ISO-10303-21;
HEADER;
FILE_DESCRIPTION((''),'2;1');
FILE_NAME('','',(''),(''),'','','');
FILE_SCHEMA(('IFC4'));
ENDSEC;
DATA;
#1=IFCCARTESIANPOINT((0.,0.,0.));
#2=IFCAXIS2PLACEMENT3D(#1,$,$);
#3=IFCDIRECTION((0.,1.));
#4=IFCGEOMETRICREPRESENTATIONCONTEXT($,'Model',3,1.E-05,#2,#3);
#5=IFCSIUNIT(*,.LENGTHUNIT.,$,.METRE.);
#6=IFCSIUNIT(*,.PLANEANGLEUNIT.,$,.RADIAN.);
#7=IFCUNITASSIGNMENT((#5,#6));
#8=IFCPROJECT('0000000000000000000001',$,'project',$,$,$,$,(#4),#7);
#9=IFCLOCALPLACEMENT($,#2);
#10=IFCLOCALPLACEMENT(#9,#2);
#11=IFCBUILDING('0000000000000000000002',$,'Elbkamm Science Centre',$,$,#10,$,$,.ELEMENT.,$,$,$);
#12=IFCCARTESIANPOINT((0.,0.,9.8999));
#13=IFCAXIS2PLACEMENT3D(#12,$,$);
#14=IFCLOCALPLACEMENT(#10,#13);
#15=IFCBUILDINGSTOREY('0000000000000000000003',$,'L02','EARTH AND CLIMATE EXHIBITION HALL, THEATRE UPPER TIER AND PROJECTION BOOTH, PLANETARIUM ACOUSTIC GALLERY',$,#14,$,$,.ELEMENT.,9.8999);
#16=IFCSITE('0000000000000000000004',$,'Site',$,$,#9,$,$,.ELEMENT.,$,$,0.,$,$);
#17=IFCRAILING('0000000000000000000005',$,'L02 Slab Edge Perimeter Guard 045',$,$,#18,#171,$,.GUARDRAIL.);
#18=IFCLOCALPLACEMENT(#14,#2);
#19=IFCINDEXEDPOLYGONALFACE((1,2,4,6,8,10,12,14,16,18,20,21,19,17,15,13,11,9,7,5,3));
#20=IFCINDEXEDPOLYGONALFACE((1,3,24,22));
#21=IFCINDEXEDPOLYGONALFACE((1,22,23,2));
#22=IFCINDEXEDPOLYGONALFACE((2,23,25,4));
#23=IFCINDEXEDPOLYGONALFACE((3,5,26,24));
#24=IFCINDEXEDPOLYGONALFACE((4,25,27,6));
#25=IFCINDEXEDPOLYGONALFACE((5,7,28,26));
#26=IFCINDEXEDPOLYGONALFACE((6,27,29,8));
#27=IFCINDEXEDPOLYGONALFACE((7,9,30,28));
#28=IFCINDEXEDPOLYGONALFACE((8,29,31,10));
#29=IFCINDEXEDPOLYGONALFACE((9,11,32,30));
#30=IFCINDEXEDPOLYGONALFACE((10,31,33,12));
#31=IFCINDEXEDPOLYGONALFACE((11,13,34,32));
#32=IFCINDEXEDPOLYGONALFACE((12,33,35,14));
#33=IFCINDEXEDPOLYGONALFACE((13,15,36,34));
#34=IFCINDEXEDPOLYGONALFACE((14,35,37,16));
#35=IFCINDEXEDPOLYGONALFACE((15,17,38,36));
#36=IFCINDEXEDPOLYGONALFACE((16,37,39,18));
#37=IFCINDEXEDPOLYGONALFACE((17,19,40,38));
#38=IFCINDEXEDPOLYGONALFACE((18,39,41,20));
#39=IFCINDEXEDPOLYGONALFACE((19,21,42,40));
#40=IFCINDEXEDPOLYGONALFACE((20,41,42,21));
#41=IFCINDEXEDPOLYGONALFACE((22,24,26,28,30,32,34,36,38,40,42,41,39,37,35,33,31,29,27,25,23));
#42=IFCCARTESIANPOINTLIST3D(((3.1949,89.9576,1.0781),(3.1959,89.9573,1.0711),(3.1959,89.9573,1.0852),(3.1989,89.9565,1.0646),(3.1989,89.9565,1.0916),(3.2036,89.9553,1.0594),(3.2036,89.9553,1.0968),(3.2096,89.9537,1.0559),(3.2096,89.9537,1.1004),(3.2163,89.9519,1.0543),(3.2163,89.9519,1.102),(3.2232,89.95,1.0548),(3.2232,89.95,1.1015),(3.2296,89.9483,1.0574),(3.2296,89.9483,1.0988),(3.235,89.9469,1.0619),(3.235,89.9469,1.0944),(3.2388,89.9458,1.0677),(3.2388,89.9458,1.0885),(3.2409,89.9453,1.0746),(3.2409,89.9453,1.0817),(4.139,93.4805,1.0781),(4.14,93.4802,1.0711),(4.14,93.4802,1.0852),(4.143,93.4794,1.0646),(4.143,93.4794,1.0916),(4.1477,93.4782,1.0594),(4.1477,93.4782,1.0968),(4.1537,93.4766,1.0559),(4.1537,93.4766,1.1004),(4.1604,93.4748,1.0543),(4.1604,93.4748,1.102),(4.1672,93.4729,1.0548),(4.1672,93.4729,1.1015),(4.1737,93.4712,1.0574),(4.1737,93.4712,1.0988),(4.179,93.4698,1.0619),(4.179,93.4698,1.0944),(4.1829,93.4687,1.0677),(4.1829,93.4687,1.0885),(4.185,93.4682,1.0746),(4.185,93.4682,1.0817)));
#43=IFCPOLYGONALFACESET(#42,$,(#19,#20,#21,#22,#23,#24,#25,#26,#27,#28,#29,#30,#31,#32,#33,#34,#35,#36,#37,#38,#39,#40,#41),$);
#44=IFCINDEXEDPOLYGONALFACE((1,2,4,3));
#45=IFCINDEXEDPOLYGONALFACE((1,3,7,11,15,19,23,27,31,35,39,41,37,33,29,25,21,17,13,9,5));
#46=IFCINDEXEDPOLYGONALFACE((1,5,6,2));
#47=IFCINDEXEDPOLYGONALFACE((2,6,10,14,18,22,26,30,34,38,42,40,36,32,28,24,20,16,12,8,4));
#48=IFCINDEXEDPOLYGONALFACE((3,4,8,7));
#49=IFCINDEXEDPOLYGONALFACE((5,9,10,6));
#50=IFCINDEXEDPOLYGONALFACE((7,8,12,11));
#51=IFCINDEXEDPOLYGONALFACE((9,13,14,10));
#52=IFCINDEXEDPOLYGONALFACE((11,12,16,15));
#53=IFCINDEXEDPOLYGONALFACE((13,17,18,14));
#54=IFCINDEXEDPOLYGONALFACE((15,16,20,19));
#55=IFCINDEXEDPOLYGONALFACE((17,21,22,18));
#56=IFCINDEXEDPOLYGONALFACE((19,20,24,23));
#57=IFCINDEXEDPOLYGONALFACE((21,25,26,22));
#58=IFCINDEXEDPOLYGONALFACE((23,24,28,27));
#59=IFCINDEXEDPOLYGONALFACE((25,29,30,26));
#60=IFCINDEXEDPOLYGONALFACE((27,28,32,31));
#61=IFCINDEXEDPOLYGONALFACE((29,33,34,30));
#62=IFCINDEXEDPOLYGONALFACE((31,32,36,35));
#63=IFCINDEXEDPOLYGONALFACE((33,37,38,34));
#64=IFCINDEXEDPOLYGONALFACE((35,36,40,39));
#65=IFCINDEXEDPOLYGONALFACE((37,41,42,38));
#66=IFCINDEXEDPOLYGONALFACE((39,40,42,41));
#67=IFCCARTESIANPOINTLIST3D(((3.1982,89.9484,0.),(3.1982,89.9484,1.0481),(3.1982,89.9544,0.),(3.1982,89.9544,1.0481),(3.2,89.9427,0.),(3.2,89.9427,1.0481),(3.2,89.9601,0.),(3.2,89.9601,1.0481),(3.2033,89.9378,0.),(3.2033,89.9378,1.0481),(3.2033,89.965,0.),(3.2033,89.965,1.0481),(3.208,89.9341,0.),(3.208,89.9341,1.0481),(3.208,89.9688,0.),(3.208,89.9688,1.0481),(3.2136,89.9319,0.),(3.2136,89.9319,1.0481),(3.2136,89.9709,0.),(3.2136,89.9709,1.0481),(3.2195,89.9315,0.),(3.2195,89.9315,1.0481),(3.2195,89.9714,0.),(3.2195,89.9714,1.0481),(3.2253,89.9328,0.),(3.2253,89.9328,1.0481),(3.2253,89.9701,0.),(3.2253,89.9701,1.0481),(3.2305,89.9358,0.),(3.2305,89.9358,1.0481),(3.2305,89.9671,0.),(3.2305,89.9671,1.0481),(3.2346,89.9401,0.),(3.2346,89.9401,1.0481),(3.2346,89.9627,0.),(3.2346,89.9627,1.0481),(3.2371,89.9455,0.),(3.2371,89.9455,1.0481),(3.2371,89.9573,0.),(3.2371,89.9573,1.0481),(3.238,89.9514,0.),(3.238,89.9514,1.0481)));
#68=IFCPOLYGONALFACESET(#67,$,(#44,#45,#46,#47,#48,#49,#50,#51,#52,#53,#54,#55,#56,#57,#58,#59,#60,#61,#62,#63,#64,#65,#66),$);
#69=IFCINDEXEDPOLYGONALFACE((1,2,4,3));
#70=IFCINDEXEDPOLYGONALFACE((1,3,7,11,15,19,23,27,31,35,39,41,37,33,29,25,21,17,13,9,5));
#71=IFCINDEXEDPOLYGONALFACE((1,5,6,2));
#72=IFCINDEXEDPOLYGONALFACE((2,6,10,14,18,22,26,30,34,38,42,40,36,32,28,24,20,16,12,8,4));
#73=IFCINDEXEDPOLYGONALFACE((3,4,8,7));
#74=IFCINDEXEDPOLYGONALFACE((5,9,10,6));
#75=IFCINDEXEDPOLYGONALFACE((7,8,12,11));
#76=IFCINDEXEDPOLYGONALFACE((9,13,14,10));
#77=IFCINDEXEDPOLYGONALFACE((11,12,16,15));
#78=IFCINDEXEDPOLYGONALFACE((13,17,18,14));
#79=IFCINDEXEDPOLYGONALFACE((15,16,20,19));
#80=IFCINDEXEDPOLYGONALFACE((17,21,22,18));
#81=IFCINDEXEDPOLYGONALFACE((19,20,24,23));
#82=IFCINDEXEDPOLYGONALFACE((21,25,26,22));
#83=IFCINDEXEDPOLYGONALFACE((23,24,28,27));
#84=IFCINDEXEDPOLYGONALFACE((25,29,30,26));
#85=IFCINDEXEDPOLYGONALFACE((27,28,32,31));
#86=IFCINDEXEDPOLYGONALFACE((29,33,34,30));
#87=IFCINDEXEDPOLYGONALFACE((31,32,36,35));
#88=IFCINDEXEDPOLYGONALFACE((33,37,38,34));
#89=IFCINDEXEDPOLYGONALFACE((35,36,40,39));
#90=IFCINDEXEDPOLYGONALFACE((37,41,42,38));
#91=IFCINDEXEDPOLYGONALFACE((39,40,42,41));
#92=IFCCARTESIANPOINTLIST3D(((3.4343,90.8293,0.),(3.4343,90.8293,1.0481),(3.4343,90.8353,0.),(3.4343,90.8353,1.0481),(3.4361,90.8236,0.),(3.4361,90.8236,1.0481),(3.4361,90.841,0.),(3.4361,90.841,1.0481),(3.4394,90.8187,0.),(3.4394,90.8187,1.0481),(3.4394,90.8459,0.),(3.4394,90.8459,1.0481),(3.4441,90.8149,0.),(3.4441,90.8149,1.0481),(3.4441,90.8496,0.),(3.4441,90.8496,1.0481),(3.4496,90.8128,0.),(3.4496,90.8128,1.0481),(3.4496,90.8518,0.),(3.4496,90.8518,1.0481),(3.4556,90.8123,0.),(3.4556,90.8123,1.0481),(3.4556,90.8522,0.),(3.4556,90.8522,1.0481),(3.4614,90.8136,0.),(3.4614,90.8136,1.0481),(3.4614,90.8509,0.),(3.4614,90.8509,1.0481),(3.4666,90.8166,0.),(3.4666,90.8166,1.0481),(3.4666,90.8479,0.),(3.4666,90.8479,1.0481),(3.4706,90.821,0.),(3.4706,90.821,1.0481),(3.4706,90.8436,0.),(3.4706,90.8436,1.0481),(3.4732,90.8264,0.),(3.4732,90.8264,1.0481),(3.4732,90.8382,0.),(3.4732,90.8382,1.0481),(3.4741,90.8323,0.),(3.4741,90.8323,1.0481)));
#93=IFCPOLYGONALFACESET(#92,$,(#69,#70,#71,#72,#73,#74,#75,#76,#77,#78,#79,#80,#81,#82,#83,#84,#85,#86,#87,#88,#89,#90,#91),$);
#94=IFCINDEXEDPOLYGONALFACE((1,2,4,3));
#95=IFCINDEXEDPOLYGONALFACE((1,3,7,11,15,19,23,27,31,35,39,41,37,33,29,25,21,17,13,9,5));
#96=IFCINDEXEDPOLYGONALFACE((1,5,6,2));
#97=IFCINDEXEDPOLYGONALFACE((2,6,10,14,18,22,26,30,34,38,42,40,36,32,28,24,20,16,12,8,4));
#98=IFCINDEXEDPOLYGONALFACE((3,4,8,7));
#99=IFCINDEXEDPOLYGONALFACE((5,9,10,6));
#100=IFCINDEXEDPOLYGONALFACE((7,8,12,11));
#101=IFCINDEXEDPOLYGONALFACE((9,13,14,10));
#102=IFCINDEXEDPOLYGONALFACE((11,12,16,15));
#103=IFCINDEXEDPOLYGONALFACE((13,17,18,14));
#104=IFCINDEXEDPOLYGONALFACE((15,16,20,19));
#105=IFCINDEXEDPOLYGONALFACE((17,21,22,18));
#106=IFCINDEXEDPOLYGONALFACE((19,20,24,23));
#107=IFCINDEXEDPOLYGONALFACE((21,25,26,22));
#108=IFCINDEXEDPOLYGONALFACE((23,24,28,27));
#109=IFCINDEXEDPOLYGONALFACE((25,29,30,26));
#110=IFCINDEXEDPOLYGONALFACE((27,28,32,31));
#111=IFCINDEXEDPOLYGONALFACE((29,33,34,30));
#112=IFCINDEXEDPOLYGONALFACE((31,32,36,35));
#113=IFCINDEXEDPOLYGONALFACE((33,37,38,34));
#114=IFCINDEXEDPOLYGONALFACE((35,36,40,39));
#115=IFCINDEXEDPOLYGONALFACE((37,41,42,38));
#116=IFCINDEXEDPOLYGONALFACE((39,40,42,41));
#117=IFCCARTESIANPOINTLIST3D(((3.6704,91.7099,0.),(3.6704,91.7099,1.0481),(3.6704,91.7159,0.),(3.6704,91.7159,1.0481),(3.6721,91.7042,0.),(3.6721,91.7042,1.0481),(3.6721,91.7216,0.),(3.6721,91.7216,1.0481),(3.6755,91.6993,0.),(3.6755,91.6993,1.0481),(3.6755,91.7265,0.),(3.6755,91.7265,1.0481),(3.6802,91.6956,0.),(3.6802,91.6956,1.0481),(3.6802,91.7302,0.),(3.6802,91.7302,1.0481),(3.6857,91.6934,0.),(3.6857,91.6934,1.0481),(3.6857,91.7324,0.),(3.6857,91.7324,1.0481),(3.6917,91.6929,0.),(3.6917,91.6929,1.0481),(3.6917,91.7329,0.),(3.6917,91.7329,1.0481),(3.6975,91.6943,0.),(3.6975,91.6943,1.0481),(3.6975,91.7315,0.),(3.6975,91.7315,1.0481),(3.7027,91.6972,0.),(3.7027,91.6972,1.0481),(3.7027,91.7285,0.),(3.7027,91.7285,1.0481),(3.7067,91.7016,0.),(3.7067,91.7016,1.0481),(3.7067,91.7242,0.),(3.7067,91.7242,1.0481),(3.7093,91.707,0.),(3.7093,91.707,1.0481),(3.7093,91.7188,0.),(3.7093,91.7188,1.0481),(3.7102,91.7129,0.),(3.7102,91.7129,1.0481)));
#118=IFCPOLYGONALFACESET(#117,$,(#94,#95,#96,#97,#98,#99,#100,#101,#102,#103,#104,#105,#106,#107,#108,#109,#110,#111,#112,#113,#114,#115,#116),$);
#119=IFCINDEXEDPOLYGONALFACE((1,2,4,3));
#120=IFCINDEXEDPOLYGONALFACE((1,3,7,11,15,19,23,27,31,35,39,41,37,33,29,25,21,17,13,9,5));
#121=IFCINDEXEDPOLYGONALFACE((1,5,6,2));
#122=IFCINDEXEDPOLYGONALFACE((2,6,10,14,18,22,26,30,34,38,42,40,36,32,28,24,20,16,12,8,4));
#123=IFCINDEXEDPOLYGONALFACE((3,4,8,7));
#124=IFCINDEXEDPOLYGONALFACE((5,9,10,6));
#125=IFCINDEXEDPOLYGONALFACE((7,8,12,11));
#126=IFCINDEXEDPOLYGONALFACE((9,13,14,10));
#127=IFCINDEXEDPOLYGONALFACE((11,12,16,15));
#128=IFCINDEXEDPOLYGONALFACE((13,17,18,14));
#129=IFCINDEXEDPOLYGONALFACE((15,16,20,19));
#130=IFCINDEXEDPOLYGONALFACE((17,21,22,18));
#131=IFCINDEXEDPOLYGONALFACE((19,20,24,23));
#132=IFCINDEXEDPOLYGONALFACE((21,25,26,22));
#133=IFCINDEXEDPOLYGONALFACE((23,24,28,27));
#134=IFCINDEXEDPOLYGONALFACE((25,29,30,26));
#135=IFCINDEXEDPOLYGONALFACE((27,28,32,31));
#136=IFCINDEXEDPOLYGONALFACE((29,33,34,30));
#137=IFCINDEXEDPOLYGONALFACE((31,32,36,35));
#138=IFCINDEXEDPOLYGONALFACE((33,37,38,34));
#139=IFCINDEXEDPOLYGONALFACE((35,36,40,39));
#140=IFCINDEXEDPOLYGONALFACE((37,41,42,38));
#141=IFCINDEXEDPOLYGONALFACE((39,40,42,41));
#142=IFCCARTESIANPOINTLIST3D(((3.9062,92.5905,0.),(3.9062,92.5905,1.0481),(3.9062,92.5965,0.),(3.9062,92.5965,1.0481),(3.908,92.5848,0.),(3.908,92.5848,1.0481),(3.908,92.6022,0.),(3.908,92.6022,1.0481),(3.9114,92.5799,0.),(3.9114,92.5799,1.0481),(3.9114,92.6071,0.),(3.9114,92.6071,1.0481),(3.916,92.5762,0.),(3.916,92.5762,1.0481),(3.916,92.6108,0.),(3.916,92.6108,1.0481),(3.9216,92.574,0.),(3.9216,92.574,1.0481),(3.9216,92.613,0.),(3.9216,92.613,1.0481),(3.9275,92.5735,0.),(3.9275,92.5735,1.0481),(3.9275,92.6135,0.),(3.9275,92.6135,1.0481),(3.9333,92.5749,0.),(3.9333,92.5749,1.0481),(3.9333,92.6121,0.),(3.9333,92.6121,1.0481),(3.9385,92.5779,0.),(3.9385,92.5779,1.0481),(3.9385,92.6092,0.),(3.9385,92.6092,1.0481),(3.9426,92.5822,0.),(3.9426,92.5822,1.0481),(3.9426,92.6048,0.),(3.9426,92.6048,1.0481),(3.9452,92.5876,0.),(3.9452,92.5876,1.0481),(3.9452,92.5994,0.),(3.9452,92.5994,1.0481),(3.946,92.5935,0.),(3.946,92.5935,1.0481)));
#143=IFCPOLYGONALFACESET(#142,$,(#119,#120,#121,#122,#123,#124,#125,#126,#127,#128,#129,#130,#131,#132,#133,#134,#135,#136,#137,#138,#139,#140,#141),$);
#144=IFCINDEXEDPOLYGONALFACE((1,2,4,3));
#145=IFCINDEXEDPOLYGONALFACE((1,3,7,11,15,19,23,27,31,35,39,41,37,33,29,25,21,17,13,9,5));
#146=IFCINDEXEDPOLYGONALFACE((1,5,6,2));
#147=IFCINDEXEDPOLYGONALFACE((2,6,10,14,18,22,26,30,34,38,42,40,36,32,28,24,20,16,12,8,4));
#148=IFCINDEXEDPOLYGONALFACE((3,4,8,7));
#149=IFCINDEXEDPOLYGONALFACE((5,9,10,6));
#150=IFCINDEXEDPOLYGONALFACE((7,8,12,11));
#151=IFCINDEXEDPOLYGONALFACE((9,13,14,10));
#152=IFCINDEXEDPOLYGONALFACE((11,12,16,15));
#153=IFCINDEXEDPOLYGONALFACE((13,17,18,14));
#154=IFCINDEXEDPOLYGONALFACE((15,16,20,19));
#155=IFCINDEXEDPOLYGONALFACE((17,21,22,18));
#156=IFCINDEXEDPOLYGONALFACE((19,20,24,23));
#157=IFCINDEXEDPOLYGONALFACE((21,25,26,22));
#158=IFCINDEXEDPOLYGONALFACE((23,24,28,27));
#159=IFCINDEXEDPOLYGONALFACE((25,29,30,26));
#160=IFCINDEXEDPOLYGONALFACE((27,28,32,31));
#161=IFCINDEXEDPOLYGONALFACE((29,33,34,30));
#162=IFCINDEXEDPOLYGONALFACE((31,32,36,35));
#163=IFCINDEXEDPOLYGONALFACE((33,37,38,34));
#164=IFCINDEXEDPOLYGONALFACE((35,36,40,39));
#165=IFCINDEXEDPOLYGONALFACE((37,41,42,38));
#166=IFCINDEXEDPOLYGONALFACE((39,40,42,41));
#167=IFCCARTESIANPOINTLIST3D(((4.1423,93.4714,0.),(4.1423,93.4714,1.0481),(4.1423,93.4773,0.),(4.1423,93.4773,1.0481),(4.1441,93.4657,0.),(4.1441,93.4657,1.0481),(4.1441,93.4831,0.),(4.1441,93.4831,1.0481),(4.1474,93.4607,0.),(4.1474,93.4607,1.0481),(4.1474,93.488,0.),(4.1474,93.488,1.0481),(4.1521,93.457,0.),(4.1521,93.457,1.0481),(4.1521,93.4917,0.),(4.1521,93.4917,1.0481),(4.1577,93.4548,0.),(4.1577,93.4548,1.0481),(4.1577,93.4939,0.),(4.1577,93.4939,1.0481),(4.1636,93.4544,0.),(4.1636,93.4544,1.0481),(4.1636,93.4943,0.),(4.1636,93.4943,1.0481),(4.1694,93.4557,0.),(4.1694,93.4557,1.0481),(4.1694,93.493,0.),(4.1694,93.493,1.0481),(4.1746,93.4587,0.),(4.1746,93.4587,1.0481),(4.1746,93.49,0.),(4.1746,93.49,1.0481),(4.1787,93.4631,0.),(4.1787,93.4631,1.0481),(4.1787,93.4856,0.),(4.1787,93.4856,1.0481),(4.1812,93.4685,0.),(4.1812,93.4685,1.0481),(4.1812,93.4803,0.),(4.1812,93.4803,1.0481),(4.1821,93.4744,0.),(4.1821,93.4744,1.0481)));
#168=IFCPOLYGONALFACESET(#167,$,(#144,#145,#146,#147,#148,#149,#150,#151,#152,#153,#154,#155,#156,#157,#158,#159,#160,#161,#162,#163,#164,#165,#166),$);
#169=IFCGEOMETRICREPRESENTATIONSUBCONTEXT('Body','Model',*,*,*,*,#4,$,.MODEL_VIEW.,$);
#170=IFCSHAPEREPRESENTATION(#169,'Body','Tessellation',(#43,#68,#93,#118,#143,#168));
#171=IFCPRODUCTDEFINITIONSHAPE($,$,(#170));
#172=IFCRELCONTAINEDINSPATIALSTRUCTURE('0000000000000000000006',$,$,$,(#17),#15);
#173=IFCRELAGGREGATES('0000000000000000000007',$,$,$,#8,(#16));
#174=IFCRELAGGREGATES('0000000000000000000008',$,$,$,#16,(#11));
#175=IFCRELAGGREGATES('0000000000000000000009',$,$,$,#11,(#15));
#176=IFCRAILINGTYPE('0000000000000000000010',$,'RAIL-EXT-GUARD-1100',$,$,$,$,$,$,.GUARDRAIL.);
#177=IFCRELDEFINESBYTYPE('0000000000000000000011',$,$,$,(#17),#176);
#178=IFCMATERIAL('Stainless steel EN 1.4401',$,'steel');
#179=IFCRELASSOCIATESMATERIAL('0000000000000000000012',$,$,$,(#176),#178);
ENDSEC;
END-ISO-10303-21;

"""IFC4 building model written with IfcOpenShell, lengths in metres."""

from ifc_helpers import new_model, si_unit, direction, frame, origin, origin_2d, place, context, subcontext, project, spatial, circle, extrude, material, type_object, element, save


model = new_model("IFC4")

# Units and contexts
model_context = context("Model", 3, precision=1e-05, world=origin(), true_north=direction((0.0, 1.0)))
body_context = subcontext(model_context, "Body", "Model", "MODEL_VIEW")
ifc_project = project(units=[si_unit("LENGTHUNIT", "METRE"), si_unit("PLANEANGLEUNIT", "RADIAN")], contexts=[model_context])

# Site, building, storey
site_placement = place(None, origin())
site = spatial("IfcSite", under=ifc_project, at=site_placement, Name="Site", CompositionType="ELEMENT", RefElevation=0.0)
building_placement = place(site_placement, origin())
building = spatial("IfcBuilding", under=site, at=building_placement, Name="Elbkamm Science Centre", CompositionType="ELEMENT")
storey_placement = place(building_placement, frame((0.0, 0.0, 9.8999)))
storey = spatial("IfcBuildingStorey", under=building, at=storey_placement, Name="L02", Description="EARTH AND CLIMATE EXHIBITION HALL, THEATRE UPPER TIER AND PROJECTION BOOTH, PLANETARIUM ACOUSTIC GALLERY", CompositionType="ELEMENT", Elevation=9.8999)

# Railing
ifc_material_1 = material(Name="Stainless steel EN 1.4401", Category="steel")
railing_type_1 = type_object("IfcRailingType", Name="RAIL-EXT-GUARD-1100", PredefinedType="GUARDRAIL", material=ifc_material_1)
railing_1_placement = place(storey_placement, frame((3.218, 89.9514, 0.0)))
element("IfcRailing", 1, at=railing_1_placement, inside=storey, type_object=railing_type_1, Name="L02 Slab Edge Perimeter Guard 045", PredefinedType="GUARDRAIL", context=body_context, shape_type="SweptSolid", body=[
    extrude(circle(Radius=0.0239, at=origin_2d()), frame((0.0, 0.0, 1.0781), z_axis=(0.25885, 0.965918, 0.0), x_axis=(-0.965918, 0.25885, 0.0)), (0.0, 0.0, 1.0), 3.6472),
    extrude(circle(Radius=0.02, at=origin_2d()), origin(), (0.0, 0.0, 1.0), 1.0481),
    extrude(circle(Radius=0.02, at=origin_2d()), frame((0.2361, 0.8809, 0.0)), (0.0, 0.0, 1.0), 1.0481),
    extrude(circle(Radius=0.02, at=origin_2d()), frame((0.4722, 1.7615, 0.0)), (0.0, 0.0, 1.0), 1.0481),
    extrude(circle(Radius=0.02, at=origin_2d()), frame((0.708, 2.6421, 0.0)), (0.0, 0.0, 1.0), 1.0481),
    extrude(circle(Radius=0.02, at=origin_2d()), frame((0.9441, 3.5229, 0.0)), (0.0, 0.0, 1.0), 1.0481),
])

save(model, "model.ifc")
